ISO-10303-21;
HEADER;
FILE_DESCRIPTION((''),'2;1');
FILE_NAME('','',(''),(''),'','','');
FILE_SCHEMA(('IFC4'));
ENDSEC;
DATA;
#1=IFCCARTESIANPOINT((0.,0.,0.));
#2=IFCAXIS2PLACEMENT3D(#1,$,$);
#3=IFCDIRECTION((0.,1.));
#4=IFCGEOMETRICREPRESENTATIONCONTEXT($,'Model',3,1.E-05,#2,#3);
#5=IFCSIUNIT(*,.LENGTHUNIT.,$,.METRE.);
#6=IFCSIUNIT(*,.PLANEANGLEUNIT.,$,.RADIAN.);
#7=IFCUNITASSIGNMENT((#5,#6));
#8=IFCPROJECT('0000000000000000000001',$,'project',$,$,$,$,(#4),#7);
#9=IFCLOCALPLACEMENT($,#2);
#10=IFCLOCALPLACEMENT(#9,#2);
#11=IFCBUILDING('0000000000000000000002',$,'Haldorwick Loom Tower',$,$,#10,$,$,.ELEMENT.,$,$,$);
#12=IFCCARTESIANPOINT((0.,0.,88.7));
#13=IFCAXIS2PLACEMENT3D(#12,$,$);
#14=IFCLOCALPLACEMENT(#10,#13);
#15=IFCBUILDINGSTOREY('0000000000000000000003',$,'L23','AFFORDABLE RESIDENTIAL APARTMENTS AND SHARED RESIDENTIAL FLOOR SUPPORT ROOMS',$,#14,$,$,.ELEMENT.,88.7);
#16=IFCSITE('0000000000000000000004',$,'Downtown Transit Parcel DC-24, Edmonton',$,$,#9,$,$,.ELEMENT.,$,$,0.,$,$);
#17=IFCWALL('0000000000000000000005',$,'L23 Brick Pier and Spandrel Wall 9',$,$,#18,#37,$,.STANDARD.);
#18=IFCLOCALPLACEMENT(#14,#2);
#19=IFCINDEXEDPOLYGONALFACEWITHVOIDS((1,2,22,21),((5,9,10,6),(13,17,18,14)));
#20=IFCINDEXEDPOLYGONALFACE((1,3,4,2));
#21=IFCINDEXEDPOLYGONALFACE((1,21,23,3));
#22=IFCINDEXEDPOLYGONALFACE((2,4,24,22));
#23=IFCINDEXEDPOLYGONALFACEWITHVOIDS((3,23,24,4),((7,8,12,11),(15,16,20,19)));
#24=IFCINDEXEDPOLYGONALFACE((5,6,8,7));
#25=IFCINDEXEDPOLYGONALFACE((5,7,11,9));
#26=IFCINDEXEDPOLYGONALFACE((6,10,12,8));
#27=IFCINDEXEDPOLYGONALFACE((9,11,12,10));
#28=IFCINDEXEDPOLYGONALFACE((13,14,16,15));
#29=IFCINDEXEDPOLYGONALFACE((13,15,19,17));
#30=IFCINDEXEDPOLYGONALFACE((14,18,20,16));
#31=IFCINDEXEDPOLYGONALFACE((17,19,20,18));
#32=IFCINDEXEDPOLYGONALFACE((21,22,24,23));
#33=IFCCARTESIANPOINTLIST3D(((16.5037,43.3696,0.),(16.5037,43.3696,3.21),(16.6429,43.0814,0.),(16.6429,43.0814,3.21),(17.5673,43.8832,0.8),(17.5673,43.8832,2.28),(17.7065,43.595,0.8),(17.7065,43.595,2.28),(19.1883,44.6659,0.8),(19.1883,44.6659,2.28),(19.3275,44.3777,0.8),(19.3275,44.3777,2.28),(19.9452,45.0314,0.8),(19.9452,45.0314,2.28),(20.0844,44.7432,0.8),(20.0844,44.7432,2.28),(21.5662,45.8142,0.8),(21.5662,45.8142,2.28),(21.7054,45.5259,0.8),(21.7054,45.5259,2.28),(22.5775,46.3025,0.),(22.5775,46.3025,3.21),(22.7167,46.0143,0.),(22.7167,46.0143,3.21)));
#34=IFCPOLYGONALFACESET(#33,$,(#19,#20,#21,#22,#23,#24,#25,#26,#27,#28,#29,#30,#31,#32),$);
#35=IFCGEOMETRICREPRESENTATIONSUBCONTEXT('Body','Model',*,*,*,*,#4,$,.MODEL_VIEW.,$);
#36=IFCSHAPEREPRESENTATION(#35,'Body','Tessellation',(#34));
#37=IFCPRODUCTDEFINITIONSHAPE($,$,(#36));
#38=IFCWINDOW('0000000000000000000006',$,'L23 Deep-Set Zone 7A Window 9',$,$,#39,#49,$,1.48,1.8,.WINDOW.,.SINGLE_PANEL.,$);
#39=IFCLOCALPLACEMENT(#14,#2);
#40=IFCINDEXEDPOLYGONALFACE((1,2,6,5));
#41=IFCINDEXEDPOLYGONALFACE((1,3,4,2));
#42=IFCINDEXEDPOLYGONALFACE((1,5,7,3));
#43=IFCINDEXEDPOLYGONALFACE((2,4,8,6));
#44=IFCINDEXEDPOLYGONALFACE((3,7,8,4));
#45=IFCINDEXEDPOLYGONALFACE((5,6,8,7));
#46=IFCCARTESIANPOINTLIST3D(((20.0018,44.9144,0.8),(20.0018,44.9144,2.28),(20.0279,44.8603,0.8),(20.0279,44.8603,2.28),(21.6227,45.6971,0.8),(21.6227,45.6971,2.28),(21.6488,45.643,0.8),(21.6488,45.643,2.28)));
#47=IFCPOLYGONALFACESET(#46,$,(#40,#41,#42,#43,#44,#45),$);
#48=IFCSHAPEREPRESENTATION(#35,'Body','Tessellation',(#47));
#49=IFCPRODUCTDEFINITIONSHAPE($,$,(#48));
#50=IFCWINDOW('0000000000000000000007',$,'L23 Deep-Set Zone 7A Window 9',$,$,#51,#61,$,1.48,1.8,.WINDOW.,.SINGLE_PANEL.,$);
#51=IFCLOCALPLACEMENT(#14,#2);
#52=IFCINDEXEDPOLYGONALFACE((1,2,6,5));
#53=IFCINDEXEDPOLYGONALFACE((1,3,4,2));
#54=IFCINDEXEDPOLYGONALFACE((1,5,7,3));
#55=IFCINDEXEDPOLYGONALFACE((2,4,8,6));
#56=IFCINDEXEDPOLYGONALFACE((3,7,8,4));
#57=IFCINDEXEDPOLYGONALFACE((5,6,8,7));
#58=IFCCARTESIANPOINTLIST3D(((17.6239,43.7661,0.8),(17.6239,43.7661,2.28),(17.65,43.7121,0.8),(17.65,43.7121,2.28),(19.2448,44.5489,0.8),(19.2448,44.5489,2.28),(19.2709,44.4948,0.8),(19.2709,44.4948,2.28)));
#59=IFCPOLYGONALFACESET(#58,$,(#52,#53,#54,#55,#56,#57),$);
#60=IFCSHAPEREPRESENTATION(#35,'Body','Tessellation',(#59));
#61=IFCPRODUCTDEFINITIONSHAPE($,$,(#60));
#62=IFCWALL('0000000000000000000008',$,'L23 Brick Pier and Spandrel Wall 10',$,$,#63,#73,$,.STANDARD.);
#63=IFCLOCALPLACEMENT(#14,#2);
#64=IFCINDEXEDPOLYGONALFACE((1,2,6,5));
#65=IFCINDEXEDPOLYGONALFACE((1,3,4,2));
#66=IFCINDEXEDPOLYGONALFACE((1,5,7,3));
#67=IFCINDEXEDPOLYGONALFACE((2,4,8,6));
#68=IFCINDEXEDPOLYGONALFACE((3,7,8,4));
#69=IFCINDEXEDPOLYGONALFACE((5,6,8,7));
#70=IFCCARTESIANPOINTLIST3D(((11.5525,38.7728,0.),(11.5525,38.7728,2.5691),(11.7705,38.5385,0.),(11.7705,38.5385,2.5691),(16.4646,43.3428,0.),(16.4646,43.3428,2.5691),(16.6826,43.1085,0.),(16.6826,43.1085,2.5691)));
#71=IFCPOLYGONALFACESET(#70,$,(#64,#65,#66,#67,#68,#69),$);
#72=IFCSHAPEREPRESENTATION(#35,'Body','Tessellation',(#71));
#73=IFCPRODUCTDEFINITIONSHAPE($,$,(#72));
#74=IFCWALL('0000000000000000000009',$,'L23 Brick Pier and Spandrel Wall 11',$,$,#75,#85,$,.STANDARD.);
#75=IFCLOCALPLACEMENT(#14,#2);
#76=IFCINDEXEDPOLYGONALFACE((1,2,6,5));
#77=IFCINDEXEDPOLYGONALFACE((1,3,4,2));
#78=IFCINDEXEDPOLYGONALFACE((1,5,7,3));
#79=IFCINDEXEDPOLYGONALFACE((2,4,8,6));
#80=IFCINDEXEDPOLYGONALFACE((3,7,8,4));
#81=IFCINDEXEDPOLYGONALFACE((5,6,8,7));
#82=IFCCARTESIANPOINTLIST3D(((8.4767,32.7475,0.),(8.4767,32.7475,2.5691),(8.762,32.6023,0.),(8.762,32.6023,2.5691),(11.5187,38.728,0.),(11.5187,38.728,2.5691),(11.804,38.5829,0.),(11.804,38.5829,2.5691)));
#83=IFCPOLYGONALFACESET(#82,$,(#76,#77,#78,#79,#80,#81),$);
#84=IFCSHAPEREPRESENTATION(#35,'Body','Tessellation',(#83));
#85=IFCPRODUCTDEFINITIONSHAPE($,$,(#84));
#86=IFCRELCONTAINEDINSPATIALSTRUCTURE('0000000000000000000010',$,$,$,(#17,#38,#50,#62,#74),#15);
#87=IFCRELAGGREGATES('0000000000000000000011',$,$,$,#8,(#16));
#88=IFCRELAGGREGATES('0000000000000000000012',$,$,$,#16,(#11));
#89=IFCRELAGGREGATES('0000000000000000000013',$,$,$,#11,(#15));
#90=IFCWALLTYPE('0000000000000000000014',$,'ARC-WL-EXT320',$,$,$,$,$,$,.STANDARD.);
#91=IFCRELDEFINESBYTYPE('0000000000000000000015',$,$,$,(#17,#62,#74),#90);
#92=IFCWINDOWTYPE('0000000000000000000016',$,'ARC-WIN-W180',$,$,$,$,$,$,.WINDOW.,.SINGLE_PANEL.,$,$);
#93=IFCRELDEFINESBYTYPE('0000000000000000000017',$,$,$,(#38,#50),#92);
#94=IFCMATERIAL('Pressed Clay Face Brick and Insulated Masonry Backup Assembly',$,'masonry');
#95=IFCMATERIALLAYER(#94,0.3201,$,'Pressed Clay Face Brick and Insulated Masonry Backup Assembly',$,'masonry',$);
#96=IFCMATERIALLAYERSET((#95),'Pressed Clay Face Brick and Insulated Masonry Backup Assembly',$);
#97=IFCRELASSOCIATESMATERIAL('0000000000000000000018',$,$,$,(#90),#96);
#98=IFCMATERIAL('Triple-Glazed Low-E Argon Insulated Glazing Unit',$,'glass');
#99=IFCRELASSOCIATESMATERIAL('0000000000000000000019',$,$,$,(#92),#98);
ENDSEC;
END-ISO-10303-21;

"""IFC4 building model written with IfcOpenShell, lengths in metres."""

from ifc_helpers import new_model, si_unit, direction, frame, frame_2d, origin, place, context, subcontext, project, spatial, rectangle, extrude, material, layer, layer_set, type_object, element, fill, save


model = new_model("IFC4")

# Units and contexts
model_context = context("Model", 3, precision=1e-05, world=origin(), true_north=direction((0.0, 1.0)))
body_context = subcontext(model_context, "Body", "Model", "MODEL_VIEW")
ifc_project = project(units=[si_unit("LENGTHUNIT", "METRE"), si_unit("PLANEANGLEUNIT", "RADIAN")], contexts=[model_context])

# Site, building, storey
site_placement = place(None, origin())
site = spatial("IfcSite", under=ifc_project, at=site_placement, Name="Downtown Transit Parcel DC-24, Edmonton", CompositionType="ELEMENT", RefElevation=0.0)
building_placement = place(site_placement, origin())
building = spatial("IfcBuilding", under=site, at=building_placement, Name="Haldorwick Loom Tower", CompositionType="ELEMENT")
storey_placement = place(building_placement, frame((0.0, 0.0, 88.7)))
storey = spatial("IfcBuildingStorey", under=building, at=storey_placement, Name="L23", Description="AFFORDABLE RESIDENTIAL APARTMENTS AND SHARED RESIDENTIAL FLOOR SUPPORT ROOMS", CompositionType="ELEMENT", Elevation=88.7)

# Wall, openings, windows
ifc_material_1 = material(Name="Pressed Clay Face Brick and Insulated Masonry Backup Assembly", Category="masonry")
ifc_layer_1 = layer(ifc_material_1, 0.3201, Name="Pressed Clay Face Brick and Insulated Masonry Backup Assembly", Category="masonry")
ifc_layer_set_1 = layer_set([ifc_layer_1], Name="Pressed Clay Face Brick and Insulated Masonry Backup Assembly")
wall_type_1 = type_object("IfcWallType", Name="ARC-WL-EXT320", PredefinedType="STANDARD", material=ifc_layer_set_1)
wall_1_placement = place(storey_placement, frame((22.6472, 46.1584, 0.0), z_axis=(0.0, 0.0, 1.0), x_axis=(-0.90051, -0.434835, 0.0)))
wall_1 = element("IfcWall", 1, at=wall_1_placement, inside=storey, type_object=wall_type_1, Name="L23 Brick Pier and Spandrel Wall 9", PredefinedType="STANDARD", context=body_context, shape_type="SweptSolid", body=[
    extrude(rectangle(XDim=6.7449, YDim=0.3201, at=frame_2d((3.3726, 0.0))), origin(), (0.0, 0.0, 1.0), 3.21),
])
opening_1_placement = place(wall_1_placement, frame((1.1233, 0.0, 0.8)))
opening_1 = element("IfcOpeningElement", 2, at=opening_1_placement, cuts=wall_1, PredefinedType="OPENING", context=body_context, shape_type="SweptSolid", body=[
    extrude(rectangle(XDim=1.8, YDim=1.48, at=frame_2d((0.8999, 0.74))), frame((0.0, 0.1699, 0.0), z_axis=(0.0, -1.0, 0.0), x_axis=(1.0, 0.0, 0.0)), (0.0, 0.0, 1.0), 0.3401),
])
opening_2_placement = place(wall_1_placement, frame((3.7639, 0.0, 0.8)))
opening_2 = element("IfcOpeningElement", 3, at=opening_2_placement, cuts=wall_1, PredefinedType="OPENING", context=body_context, shape_type="SweptSolid", body=[
    extrude(rectangle(XDim=1.8, YDim=1.48, at=frame_2d((0.8999, 0.74))), frame((0.0, 0.1699, 0.0), z_axis=(0.0, -1.0, 0.0), x_axis=(1.0, 0.0, 0.0)), (0.0, 0.0, 1.0), 0.3401),
])
ifc_material_2 = material(Name="Triple-Glazed Low-E Argon Insulated Glazing Unit", Category="glass")
window_type = type_object("IfcWindowType", Name="ARC-WIN-W180", PartitioningType="SINGLE_PANEL", PredefinedType="WINDOW", material=ifc_material_2)
window_1_placement = place(opening_1_placement, origin())
window_1 = element("IfcWindow", 4, at=window_1_placement, inside=storey, type_object=window_type, Name="L23 Deep-Set Zone 7A Window 9", OverallHeight=1.48, OverallWidth=1.8, PartitioningType="SINGLE_PANEL", PredefinedType="WINDOW", context=body_context, shape_type="SweptSolid", body=[
    extrude(rectangle(XDim=1.8, YDim=1.48, at=frame_2d((0.8999, 0.74))), frame((0.0, 0.03, 0.0), z_axis=(0.0, -1.0, 0.0), x_axis=(1.0, 0.0, 0.0)), (0.0, 0.0, 1.0), 0.0601),
])
fill(opening_1, window_1)
window_2_placement = place(opening_2_placement, origin())
window_2 = element("IfcWindow", 5, at=window_2_placement, inside=storey, type_object=window_type, Name="L23 Deep-Set Zone 7A Window 9", OverallHeight=1.48, OverallWidth=1.8, PartitioningType="SINGLE_PANEL", PredefinedType="WINDOW", context=body_context, shape_type="SweptSolid", body=[
    extrude(rectangle(XDim=1.8, YDim=1.48, at=frame_2d((0.8999, 0.74))), frame((0.0, 0.03, 0.0), z_axis=(0.0, -1.0, 0.0), x_axis=(1.0, 0.0, 0.0)), (0.0, 0.0, 1.0), 0.0601),
])
fill(opening_2, window_2)

# Walls
wall_2_placement = place(storey_placement, frame((16.5735, 43.2256, 0.0), z_axis=(0.0, 0.0, 1.0), x_axis=(-0.732137, -0.681157, 0.0)))
element("IfcWall", 6, at=wall_2_placement, inside=storey, type_object=wall_type_1, Name="L23 Brick Pier and Spandrel Wall 10", PredefinedType="STANDARD", context=body_context, shape_type="SweptSolid", body=[
    extrude(rectangle(XDim=6.7092, YDim=0.3201, at=frame_2d((3.3545, 0.0))), origin(), (0.0, 0.0, 1.0), 2.5691),
])
wall_3_placement = place(storey_placement, frame((11.6614, 38.6555, 0.0), z_axis=(0.0, 0.0, 1.0), x_axis=(-0.453374, -0.89132, 0.0)))
element("IfcWall", 7, at=wall_3_placement, inside=storey, type_object=wall_type_1, Name="L23 Brick Pier and Spandrel Wall 11", PredefinedType="STANDARD", context=body_context, shape_type="SweptSolid", body=[
    extrude(rectangle(XDim=6.7097, YDim=0.3201, at=frame_2d((3.355, 0.0))), origin(), (0.0, 0.0, 1.0), 2.5691),
])

save(model, "model.ifc")
